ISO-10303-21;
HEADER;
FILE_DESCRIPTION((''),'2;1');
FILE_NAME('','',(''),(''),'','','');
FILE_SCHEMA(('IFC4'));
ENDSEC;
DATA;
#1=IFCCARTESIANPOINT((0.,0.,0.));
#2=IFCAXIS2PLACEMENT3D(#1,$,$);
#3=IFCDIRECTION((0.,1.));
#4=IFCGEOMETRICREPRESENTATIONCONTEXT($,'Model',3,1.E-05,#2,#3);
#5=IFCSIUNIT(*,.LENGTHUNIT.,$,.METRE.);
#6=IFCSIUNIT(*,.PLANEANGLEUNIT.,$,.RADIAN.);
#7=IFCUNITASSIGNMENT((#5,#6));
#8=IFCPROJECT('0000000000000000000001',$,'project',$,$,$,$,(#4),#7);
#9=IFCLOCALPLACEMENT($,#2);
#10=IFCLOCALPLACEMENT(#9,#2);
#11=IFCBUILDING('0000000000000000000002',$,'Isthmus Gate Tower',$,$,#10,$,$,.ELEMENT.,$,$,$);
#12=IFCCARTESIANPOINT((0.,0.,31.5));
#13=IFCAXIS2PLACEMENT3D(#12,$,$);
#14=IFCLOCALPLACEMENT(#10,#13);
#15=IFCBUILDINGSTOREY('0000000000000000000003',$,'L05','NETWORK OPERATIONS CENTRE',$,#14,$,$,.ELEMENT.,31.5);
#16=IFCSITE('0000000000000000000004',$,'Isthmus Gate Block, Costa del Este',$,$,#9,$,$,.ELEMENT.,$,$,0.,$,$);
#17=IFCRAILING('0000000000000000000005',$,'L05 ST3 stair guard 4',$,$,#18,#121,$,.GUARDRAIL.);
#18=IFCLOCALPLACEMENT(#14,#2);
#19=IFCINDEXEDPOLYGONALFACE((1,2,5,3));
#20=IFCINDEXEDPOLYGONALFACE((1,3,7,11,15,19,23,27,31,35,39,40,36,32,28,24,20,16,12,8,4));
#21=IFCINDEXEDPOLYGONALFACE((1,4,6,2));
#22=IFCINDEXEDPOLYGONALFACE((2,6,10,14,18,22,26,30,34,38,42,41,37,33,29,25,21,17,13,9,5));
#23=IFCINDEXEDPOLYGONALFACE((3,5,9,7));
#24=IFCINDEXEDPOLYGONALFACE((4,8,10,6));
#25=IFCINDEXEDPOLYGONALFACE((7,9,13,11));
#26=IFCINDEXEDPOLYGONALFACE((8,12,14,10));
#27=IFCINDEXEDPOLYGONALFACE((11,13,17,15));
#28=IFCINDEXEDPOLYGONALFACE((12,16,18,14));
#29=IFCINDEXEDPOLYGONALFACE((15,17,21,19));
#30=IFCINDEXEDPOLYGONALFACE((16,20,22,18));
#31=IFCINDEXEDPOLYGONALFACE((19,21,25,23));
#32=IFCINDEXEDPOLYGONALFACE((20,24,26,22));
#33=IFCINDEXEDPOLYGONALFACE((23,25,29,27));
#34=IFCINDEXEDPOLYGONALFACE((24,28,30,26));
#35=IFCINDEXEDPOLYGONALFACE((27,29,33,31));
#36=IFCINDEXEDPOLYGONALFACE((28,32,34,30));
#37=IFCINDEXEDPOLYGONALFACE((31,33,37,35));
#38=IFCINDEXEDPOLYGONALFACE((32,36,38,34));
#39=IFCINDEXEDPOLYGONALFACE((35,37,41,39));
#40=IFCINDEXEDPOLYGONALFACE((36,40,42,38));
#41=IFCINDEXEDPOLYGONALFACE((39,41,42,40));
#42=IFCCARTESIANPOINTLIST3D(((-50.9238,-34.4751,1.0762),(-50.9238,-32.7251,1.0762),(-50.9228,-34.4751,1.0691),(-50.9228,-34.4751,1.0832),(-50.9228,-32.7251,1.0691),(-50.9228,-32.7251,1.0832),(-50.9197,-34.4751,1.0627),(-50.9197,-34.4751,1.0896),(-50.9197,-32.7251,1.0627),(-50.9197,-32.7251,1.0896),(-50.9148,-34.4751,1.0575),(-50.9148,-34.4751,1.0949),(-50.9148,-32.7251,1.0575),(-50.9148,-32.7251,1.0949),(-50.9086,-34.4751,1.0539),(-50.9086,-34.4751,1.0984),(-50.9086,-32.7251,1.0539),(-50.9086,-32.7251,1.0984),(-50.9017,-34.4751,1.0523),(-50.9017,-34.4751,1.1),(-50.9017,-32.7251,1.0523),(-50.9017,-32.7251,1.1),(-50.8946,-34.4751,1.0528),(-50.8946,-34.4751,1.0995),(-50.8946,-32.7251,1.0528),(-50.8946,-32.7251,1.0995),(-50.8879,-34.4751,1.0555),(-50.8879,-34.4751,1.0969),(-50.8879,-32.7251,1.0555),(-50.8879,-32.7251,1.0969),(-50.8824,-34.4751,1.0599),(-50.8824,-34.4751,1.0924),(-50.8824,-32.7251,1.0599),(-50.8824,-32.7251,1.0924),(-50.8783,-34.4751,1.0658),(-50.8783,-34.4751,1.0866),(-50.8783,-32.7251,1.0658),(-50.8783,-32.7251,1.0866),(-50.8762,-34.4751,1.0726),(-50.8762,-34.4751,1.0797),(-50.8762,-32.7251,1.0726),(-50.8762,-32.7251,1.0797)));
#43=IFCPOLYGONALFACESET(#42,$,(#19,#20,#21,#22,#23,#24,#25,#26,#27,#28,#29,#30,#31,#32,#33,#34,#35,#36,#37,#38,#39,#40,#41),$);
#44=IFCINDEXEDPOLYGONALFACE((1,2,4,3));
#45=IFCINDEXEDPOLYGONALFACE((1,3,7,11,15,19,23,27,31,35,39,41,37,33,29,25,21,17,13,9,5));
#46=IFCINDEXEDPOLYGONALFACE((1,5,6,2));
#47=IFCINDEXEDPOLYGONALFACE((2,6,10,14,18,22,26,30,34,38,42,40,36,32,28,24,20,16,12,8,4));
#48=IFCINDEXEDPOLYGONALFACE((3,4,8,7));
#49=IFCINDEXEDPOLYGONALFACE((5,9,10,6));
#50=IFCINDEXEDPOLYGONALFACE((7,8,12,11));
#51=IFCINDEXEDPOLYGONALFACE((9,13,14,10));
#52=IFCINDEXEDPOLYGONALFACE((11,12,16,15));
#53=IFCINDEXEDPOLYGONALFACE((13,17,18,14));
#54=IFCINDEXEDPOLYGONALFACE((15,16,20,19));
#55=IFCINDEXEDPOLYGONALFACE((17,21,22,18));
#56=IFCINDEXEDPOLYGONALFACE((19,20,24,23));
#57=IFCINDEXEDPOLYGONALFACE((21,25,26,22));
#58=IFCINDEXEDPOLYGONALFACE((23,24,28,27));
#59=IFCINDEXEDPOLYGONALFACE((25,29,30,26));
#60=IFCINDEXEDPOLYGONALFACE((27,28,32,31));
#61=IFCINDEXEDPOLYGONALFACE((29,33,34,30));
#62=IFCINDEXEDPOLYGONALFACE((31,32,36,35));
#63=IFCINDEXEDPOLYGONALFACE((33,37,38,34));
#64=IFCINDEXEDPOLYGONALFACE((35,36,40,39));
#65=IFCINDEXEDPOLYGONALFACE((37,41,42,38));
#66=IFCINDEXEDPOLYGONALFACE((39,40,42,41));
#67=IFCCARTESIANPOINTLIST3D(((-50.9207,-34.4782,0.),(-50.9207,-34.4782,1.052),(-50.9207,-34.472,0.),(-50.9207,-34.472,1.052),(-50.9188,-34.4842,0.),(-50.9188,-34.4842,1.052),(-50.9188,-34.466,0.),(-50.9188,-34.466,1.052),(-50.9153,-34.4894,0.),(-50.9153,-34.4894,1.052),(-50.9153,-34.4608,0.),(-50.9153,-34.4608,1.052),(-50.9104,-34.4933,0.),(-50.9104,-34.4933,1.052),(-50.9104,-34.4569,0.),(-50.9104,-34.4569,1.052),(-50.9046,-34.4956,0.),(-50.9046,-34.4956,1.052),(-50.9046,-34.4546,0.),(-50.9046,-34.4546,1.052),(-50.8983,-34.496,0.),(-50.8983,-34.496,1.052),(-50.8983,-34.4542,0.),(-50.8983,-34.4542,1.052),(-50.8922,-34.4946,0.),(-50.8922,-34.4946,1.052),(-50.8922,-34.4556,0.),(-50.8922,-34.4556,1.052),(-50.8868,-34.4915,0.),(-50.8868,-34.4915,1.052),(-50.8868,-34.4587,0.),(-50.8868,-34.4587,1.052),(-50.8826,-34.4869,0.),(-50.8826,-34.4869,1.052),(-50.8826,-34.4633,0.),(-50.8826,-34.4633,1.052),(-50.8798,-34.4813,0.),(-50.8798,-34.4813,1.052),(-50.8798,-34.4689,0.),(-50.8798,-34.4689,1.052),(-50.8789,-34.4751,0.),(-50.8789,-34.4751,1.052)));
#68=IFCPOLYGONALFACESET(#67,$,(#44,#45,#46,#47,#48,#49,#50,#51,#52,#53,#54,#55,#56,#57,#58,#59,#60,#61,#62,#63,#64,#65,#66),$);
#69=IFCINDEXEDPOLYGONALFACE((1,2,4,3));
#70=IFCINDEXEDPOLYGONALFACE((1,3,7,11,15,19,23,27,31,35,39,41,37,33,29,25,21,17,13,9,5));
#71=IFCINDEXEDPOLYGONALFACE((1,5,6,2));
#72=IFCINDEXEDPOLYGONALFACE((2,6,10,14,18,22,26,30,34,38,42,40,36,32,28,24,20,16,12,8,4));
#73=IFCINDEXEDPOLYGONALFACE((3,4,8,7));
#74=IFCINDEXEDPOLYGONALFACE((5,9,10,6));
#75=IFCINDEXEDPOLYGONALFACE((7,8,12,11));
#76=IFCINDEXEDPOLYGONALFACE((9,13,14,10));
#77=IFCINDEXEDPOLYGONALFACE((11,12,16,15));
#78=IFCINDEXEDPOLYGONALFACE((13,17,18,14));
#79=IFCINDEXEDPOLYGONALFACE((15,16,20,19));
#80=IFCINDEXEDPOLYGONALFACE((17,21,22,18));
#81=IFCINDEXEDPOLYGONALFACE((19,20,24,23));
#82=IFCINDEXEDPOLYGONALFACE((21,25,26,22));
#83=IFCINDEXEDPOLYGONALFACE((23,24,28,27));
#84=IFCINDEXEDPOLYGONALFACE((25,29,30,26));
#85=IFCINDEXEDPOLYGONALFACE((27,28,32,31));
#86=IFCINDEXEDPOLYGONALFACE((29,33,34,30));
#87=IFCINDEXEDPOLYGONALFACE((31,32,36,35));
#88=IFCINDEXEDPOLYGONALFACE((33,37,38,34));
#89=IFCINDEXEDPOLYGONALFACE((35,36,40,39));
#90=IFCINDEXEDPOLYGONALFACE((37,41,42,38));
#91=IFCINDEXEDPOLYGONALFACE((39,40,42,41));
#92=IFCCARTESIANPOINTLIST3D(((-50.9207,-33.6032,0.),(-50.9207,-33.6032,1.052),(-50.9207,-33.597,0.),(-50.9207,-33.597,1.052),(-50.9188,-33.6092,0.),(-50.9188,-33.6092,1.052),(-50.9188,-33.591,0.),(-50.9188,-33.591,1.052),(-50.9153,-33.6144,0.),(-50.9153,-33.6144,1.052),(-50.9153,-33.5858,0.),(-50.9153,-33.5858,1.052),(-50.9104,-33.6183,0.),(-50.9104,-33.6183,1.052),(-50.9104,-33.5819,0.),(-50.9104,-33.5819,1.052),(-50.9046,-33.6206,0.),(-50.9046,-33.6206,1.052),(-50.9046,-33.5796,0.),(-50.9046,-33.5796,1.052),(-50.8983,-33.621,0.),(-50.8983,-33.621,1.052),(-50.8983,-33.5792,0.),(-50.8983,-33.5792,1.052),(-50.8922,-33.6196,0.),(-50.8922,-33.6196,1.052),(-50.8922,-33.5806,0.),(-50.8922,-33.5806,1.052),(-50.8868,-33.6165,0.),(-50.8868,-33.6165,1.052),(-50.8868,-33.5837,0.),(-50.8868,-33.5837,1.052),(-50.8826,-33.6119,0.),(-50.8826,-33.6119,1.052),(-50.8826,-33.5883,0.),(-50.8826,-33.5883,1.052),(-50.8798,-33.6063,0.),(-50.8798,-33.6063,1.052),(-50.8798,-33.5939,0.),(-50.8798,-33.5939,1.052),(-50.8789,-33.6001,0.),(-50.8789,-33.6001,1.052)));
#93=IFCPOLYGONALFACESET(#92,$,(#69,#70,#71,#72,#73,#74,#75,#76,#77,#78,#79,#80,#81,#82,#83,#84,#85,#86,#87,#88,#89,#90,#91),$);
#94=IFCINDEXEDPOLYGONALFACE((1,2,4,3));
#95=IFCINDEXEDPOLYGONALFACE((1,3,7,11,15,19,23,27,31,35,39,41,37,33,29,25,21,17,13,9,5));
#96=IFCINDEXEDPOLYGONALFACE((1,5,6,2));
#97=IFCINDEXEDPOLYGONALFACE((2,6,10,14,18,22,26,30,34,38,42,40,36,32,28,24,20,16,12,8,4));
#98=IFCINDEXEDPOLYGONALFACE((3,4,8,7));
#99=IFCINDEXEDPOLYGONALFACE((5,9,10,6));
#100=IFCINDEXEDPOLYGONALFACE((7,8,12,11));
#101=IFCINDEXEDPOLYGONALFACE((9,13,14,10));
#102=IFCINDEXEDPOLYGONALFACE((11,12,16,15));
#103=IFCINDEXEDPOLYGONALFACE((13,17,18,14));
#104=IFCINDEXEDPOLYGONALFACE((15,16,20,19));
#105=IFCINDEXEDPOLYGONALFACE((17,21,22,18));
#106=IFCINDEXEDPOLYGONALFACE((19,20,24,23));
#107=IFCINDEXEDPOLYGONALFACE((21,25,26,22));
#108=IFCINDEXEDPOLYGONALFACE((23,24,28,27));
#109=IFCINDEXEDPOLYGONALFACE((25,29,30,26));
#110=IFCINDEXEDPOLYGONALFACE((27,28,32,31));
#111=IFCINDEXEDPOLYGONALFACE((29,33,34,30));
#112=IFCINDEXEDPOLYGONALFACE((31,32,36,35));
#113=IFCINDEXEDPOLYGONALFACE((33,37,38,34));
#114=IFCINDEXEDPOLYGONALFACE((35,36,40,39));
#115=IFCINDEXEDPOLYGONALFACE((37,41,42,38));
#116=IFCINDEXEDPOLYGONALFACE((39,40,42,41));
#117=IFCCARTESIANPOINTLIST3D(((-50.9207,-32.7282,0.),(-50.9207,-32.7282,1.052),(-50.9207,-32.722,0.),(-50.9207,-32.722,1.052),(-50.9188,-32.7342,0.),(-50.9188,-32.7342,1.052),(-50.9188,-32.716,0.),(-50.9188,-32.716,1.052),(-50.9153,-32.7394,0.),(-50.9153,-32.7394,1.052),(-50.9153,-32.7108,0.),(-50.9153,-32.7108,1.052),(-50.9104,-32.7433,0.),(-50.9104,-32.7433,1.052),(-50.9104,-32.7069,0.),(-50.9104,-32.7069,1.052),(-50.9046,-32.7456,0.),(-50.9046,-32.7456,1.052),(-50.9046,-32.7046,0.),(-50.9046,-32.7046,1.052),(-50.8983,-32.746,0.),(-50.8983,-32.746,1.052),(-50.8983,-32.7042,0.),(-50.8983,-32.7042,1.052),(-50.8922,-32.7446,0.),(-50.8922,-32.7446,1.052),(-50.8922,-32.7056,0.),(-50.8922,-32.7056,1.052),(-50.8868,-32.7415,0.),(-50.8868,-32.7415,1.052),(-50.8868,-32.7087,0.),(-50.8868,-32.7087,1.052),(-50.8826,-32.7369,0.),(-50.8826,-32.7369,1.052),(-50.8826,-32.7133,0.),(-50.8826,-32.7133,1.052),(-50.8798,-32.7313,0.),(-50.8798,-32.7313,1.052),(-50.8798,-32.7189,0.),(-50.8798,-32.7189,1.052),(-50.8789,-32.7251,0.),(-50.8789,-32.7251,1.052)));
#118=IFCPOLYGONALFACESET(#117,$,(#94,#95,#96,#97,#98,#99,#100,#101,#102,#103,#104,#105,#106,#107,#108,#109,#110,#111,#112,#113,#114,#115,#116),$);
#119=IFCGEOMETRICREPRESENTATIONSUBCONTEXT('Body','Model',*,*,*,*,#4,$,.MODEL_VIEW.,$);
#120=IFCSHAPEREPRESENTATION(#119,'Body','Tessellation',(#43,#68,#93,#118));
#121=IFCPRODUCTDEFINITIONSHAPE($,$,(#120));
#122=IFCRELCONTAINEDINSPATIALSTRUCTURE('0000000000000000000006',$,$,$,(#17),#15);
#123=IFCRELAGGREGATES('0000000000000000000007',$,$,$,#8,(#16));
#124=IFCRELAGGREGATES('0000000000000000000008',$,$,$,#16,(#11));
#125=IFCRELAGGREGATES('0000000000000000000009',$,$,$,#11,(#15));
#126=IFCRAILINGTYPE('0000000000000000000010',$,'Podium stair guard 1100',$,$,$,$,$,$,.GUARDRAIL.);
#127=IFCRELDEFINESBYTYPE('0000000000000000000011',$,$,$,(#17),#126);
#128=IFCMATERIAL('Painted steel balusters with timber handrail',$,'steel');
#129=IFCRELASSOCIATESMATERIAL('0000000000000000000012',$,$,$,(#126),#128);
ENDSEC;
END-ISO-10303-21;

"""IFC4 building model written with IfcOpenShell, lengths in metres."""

from ifc_helpers import new_model, si_unit, direction, frame, origin, origin_2d, place, context, subcontext, project, spatial, circle, extrude, material, type_object, element, save


model = new_model("IFC4")

# Units and contexts
model_context = context("Model", 3, precision=1e-05, world=origin(), true_north=direction((0.0, 1.0)))
body_context = subcontext(model_context, "Body", "Model", "MODEL_VIEW")
ifc_project = project(units=[si_unit("LENGTHUNIT", "METRE"), si_unit("PLANEANGLEUNIT", "RADIAN")], contexts=[model_context])

# Site, building, storey
site_placement = place(None, origin())
site = spatial("IfcSite", under=ifc_project, at=site_placement, Name="Isthmus Gate Block, Costa del Este", CompositionType="ELEMENT", RefElevation=0.0)
building_placement = place(site_placement, origin())
building = spatial("IfcBuilding", under=site, at=building_placement, Name="Isthmus Gate Tower", CompositionType="ELEMENT")
storey_placement = place(building_placement, frame((0.0, 0.0, 31.5)))
storey = spatial("IfcBuildingStorey", under=building, at=storey_placement, Name="L05", Description="NETWORK OPERATIONS CENTRE", CompositionType="ELEMENT", Elevation=31.5)

# Railing
ifc_material_1 = material(Name="Painted steel balusters with timber handrail", Category="steel")
railing_type_1 = type_object("IfcRailingType", Name="Podium stair guard 1100", PredefinedType="GUARDRAIL", material=ifc_material_1)
railing_1_placement = place(storey_placement, frame((-50.8999, -34.4751, 0.0)))
element("IfcRailing", 1, at=railing_1_placement, inside=storey, type_object=railing_type_1, Name="L05 ST3 stair guard 4", PredefinedType="GUARDRAIL", context=body_context, shape_type="SweptSolid", body=[
    extrude(circle(Radius=0.0239, at=origin_2d()), frame((0.0, 0.0, 1.0762), z_axis=(0.0, 1.0, 0.0), x_axis=(-1.0, 0.0, 0.0)), (0.0, 0.0, 1.0), 1.75),
    extrude(circle(Radius=0.021, at=origin_2d()), origin(), (0.0, 0.0, 1.0), 1.052),
    extrude(circle(Radius=0.021, at=origin_2d()), frame((0.0, 0.875, 0.0)), (0.0, 0.0, 1.0), 1.052),
    extrude(circle(Radius=0.021, at=origin_2d()), frame((0.0, 1.75, 0.0)), (0.0, 0.0, 1.0), 1.052),
])

save(model, "model.ifc")
